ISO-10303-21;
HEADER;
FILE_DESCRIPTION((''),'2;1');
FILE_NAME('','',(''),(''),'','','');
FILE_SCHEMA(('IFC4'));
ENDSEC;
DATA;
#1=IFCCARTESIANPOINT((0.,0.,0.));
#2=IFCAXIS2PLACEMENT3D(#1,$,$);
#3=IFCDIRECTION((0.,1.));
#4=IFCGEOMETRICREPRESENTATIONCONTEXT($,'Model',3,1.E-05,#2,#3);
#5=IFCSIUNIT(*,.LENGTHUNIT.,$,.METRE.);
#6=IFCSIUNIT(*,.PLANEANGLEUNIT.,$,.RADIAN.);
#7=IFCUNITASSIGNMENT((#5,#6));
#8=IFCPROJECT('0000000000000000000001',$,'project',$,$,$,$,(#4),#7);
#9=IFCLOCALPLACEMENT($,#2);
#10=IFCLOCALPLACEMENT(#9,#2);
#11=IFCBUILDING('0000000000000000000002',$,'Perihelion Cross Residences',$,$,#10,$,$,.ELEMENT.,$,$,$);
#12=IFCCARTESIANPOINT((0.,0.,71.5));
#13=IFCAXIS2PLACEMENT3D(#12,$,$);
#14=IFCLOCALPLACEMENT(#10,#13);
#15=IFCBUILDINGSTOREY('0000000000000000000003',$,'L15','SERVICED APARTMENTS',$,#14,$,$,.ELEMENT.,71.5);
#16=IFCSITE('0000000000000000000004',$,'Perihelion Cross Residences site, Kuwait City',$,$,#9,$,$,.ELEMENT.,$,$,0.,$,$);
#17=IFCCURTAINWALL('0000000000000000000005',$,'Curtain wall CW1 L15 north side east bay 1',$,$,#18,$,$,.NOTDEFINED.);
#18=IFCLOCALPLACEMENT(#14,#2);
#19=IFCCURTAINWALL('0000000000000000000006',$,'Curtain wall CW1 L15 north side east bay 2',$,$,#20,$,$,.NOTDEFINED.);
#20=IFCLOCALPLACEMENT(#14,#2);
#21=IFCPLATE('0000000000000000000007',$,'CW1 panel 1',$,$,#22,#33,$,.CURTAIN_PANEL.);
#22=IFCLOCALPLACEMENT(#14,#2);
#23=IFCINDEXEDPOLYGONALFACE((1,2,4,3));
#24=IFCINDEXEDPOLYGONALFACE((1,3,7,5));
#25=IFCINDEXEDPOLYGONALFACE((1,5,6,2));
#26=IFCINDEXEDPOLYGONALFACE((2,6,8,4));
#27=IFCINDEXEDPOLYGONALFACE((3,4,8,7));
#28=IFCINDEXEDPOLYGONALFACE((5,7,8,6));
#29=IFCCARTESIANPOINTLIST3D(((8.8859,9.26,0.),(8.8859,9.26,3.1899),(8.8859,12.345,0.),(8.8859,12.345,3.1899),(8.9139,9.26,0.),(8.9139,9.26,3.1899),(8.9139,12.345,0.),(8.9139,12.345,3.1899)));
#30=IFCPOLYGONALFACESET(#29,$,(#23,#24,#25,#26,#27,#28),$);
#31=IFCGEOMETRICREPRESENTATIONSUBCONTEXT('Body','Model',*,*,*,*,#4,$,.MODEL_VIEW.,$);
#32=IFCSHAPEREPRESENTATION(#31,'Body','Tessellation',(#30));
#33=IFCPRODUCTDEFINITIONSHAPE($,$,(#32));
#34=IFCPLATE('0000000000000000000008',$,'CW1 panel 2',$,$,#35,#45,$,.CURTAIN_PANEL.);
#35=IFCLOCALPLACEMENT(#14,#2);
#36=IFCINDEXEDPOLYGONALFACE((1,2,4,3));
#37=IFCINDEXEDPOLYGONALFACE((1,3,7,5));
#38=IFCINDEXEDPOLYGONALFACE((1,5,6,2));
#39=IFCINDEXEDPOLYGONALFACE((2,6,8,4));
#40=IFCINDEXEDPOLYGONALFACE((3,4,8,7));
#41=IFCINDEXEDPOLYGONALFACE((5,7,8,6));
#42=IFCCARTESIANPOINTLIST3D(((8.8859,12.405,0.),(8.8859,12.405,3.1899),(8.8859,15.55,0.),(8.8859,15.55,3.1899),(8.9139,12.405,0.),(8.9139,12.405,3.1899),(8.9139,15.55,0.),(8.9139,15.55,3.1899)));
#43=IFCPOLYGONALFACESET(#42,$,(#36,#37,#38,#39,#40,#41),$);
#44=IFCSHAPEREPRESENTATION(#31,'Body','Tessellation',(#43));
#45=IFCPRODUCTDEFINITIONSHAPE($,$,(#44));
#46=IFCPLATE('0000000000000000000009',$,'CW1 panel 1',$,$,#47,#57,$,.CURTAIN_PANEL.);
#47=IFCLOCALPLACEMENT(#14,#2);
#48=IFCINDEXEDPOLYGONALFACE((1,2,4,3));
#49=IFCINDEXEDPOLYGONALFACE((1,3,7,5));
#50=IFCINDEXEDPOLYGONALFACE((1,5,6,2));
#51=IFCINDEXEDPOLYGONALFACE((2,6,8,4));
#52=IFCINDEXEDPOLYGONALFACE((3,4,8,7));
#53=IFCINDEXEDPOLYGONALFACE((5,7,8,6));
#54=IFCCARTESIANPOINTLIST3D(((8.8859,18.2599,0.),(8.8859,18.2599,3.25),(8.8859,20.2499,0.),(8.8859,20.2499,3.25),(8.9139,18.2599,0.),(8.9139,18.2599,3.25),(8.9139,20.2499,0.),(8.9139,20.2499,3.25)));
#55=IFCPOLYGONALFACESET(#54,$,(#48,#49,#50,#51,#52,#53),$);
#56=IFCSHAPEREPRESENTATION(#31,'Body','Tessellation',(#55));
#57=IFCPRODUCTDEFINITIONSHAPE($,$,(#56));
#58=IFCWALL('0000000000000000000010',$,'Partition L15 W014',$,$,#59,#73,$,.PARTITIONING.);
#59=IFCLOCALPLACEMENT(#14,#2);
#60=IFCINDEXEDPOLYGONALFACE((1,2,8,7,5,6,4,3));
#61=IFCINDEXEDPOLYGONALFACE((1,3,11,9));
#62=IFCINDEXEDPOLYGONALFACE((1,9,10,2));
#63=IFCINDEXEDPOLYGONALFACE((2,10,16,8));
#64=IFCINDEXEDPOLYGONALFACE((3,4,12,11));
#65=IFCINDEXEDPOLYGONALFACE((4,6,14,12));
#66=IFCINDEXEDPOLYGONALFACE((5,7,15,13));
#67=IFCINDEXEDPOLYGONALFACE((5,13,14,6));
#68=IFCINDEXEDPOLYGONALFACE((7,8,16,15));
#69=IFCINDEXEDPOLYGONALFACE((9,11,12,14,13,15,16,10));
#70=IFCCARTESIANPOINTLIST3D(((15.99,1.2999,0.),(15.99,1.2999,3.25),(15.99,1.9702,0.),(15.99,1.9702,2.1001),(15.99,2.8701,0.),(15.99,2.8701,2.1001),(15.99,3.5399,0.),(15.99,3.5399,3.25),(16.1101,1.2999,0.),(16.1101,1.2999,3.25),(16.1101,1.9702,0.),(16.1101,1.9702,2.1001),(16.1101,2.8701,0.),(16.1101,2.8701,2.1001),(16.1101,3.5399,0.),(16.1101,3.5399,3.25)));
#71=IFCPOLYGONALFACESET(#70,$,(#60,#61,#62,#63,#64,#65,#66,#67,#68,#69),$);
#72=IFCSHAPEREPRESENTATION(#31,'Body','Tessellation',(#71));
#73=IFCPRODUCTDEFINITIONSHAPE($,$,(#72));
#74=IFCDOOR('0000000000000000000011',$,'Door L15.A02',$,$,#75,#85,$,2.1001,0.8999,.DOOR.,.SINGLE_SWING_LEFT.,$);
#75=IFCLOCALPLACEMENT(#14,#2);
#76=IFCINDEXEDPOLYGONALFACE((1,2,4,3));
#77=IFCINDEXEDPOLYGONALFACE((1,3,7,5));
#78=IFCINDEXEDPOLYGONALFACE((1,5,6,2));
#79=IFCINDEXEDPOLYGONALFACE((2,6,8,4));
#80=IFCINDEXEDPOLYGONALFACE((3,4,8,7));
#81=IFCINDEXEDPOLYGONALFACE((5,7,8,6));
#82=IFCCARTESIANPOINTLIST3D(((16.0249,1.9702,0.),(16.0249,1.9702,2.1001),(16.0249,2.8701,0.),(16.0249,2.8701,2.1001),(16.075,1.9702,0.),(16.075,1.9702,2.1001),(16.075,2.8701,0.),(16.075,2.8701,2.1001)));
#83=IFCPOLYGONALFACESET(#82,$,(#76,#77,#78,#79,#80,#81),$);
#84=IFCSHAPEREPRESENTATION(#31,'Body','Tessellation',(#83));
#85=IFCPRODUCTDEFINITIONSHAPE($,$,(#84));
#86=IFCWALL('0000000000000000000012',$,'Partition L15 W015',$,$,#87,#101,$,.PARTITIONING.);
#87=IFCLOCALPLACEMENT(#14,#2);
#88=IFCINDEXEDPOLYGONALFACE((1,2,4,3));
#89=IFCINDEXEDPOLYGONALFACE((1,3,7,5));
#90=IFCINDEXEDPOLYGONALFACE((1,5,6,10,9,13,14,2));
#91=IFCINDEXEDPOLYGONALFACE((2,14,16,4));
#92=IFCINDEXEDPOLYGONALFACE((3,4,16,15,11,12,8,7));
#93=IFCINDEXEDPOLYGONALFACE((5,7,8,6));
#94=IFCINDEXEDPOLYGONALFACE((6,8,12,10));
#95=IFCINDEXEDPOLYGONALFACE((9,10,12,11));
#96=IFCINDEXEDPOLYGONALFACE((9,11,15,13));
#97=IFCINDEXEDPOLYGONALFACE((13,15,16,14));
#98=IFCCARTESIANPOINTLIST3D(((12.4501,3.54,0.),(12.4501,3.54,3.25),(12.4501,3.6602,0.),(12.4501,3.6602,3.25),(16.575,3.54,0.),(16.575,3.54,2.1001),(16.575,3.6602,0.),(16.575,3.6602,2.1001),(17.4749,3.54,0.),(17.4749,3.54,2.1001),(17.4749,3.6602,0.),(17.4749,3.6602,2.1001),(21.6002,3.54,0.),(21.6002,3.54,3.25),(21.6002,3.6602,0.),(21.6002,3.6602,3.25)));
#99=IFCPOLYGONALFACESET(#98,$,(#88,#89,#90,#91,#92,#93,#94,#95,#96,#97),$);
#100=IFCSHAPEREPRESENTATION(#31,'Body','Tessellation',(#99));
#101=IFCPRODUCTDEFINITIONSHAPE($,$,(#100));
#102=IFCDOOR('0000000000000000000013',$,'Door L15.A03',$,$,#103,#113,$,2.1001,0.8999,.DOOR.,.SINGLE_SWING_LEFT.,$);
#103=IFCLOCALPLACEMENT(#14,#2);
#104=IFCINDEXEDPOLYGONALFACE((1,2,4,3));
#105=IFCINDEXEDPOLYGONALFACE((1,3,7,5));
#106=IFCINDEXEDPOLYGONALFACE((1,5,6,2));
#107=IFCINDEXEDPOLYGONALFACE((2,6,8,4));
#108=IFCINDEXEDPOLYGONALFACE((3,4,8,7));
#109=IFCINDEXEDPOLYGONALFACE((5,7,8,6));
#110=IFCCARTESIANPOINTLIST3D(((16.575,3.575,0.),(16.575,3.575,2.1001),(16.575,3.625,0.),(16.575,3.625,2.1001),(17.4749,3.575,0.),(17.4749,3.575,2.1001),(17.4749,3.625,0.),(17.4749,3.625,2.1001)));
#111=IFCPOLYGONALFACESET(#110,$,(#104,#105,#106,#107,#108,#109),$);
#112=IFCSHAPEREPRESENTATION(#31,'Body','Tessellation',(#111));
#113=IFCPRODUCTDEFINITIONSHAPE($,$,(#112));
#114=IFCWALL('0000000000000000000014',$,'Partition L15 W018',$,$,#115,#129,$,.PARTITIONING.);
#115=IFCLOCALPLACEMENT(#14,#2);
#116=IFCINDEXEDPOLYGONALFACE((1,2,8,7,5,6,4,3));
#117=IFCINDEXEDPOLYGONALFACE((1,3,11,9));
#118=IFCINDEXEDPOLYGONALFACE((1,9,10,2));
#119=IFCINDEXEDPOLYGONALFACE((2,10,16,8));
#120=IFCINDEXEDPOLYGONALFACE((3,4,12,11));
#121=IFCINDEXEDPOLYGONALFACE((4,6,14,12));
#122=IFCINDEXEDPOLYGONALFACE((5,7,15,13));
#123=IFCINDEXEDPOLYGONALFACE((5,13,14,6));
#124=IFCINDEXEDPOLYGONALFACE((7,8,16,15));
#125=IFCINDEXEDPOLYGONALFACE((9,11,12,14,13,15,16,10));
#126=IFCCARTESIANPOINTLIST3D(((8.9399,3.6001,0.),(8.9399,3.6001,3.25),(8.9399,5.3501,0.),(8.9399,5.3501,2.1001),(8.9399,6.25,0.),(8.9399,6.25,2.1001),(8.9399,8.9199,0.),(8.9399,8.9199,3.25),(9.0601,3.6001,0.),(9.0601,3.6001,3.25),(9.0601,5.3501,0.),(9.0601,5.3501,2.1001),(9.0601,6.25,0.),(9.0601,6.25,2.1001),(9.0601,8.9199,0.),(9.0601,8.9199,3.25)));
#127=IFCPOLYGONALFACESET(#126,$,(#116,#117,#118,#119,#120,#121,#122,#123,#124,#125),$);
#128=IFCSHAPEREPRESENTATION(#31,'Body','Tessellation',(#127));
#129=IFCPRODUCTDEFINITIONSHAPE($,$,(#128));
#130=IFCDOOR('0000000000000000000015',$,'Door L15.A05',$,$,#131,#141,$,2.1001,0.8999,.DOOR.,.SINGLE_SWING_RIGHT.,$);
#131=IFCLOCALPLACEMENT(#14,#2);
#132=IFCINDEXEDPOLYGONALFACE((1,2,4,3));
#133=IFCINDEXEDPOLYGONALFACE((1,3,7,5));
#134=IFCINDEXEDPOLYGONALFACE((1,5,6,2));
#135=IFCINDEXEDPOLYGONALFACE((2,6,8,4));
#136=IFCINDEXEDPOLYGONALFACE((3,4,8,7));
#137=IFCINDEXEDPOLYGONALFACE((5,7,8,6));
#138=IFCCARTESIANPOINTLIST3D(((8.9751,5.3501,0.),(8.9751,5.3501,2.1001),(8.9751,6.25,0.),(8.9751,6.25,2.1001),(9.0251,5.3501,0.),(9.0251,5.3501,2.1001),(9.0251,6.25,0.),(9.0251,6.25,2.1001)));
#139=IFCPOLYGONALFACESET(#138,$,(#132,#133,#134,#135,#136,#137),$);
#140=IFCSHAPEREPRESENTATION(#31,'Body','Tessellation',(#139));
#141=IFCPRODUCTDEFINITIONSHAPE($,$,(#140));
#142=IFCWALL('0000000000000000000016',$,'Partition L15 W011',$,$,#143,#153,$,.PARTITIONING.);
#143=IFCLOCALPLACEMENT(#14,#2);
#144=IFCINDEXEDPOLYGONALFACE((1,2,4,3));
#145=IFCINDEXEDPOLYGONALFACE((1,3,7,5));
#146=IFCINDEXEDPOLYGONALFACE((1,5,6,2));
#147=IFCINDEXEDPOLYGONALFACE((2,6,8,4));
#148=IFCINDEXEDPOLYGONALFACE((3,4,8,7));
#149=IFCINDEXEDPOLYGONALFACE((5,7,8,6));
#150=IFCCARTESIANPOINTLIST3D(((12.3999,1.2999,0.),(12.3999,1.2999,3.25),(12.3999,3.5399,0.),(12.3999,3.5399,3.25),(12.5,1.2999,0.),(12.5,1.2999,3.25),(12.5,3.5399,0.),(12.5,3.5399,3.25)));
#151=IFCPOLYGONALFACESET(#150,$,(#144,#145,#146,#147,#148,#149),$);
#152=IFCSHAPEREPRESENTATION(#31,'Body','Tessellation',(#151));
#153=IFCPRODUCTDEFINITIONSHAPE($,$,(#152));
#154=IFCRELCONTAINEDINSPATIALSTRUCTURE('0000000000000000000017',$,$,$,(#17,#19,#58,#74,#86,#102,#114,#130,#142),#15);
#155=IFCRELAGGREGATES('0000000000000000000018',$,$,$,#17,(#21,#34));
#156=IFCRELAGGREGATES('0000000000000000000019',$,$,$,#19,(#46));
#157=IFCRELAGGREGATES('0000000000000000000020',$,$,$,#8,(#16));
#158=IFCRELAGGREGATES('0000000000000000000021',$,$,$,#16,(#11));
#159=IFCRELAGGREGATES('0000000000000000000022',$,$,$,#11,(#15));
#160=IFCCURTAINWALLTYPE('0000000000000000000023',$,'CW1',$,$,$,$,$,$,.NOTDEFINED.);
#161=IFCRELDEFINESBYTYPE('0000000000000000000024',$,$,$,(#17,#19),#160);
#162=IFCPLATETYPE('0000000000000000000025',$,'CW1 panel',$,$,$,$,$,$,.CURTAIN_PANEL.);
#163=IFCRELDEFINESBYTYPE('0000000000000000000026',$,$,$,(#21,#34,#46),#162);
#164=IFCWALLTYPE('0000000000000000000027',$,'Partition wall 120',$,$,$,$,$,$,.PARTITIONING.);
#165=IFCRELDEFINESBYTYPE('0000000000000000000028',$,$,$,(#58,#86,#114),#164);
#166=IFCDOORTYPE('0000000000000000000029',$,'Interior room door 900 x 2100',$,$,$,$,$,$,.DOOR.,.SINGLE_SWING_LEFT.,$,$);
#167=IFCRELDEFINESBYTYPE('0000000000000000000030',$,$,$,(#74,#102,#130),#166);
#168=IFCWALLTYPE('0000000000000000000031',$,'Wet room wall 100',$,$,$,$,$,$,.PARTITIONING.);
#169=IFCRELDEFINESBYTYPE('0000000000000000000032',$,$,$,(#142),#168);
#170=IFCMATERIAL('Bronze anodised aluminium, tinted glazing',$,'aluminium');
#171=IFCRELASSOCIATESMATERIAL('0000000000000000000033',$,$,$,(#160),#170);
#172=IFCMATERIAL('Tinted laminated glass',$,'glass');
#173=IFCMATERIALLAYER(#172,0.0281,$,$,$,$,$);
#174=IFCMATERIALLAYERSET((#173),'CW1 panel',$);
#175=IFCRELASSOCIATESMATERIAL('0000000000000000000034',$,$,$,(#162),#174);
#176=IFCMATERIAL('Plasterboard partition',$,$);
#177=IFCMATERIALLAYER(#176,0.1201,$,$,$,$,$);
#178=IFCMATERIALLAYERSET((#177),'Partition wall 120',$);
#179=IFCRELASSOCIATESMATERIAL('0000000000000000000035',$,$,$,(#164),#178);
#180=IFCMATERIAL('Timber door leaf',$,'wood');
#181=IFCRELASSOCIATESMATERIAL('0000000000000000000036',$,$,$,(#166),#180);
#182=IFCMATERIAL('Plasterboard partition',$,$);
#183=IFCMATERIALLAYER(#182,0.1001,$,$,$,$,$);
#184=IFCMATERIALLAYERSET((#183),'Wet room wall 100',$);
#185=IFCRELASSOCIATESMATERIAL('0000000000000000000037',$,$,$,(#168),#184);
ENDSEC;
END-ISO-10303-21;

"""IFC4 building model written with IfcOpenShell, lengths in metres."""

from ifc_helpers import new_model, si_unit, direction, frame, frame_2d, origin, origin_2d, place, context, subcontext, project, spatial, rectangle, extrude, material, layer, layer_set, type_object, element, fill, aggregate, save


model = new_model("IFC4")

# Units and contexts
model_context = context("Model", 3, precision=1e-05, world=origin(), true_north=direction((0.0, 1.0)))
body_context = subcontext(model_context, "Body", "Model", "MODEL_VIEW")
ifc_project = project(units=[si_unit("LENGTHUNIT", "METRE"), si_unit("PLANEANGLEUNIT", "RADIAN")], contexts=[model_context])

# Site, building, storey
site_placement = place(None, origin())
site = spatial("IfcSite", under=ifc_project, at=site_placement, Name="Perihelion Cross Residences site, Kuwait City", CompositionType="ELEMENT", RefElevation=0.0)
building_placement = place(site_placement, origin())
building = spatial("IfcBuilding", under=site, at=building_placement, Name="Perihelion Cross Residences", CompositionType="ELEMENT")
storey_placement = place(building_placement, frame((0.0, 0.0, 71.5)))
storey = spatial("IfcBuildingStorey", under=building, at=storey_placement, Name="L15", Description="SERVICED APARTMENTS", CompositionType="ELEMENT", Elevation=71.5)

# Curtain wall
ifc_material_1 = material(Name="Bronze anodised aluminium, tinted glazing", Category="aluminium")
curtain_wall_type = type_object("IfcCurtainWallType", Name="CW1", PredefinedType="NOTDEFINED", material=ifc_material_1)
curtain_wall_1_placement = place(storey_placement, origin())
curtain_wall_1 = element("IfcCurtainWall", 1, at=curtain_wall_1_placement, inside=storey, type_object=curtain_wall_type, Name="Curtain wall CW1 L15 north side east bay 1", PredefinedType="NOTDEFINED")

# Curtain wall
curtain_wall_2_placement = place(storey_placement, origin())
curtain_wall_2 = element("IfcCurtainWall", 2, at=curtain_wall_2_placement, inside=storey, type_object=curtain_wall_type, Name="Curtain wall CW1 L15 north side east bay 2", PredefinedType="NOTDEFINED")

# Plates
ifc_material_2 = material(Name="Tinted laminated glass", Category="glass")
ifc_layer_1 = layer(ifc_material_2, 0.0281)
ifc_layer_set_1 = layer_set([ifc_layer_1], Name="CW1 panel")
plate_type = type_object("IfcPlateType", Name="CW1 panel", PredefinedType="CURTAIN_PANEL", material=ifc_layer_set_1)
plate_1_placement = place(storey_placement, frame((8.8999, 10.8025, 0.0), z_axis=(0.0, 0.0, 1.0), x_axis=(0.0, 1.0, 0.0)))
plate_1 = element("IfcPlate", 3, at=plate_1_placement, type_object=plate_type, Name="CW1 panel 1", PredefinedType="CURTAIN_PANEL", context=body_context, shape_type="SweptSolid", body=[
    extrude(rectangle(XDim=3.085, YDim=0.0281, at=origin_2d()), origin(), (0.0, 0.0, 1.0), 3.1899),
])
plate_2_placement = place(storey_placement, frame((8.8999, 13.9775, 0.0), z_axis=(0.0, 0.0, 1.0), x_axis=(0.0, 1.0, 0.0)))
plate_2 = element("IfcPlate", 4, at=plate_2_placement, type_object=plate_type, Name="CW1 panel 2", PredefinedType="CURTAIN_PANEL", context=body_context, shape_type="SweptSolid", body=[
    extrude(rectangle(XDim=3.145, YDim=0.0281, at=origin_2d()), origin(), (0.0, 0.0, 1.0), 3.1899),
])
aggregate(curtain_wall_1, [plate_1, plate_2])
plate_3_placement = place(storey_placement, frame((8.8999, 19.2549, 0.0), z_axis=(0.0, 0.0, 1.0), x_axis=(0.0, 1.0, 0.0)))
plate_3 = element("IfcPlate", 5, at=plate_3_placement, type_object=plate_type, Name="CW1 panel 1", PredefinedType="CURTAIN_PANEL", context=body_context, shape_type="SweptSolid", body=[
    extrude(rectangle(XDim=1.99, YDim=0.0281, at=origin_2d()), origin(), (0.0, 0.0, 1.0), 3.25),
])
aggregate(curtain_wall_2, [plate_3])

# Walls, openings, doors
ifc_material_3 = material(Name="Plasterboard partition")
ifc_layer_2 = layer(ifc_material_3, 0.1201)
ifc_layer_set_2 = layer_set([ifc_layer_2], Name="Partition wall 120")
wall_type_1 = type_object("IfcWallType", Name="Partition wall 120", PredefinedType="PARTITIONING", material=ifc_layer_set_2)
wall_1_placement = place(storey_placement, frame((16.05, 3.54, 0.0), z_axis=(0.0, 0.0, 1.0), x_axis=(0.0, -1.0, 0.0)))
wall_1 = element("IfcWall", 6, at=wall_1_placement, inside=storey, type_object=wall_type_1, Name="Partition L15 W014", PredefinedType="PARTITIONING", context=body_context, shape_type="SweptSolid", body=[
    extrude(rectangle(XDim=2.24, YDim=0.1201, at=frame_2d((1.1201, 0.0))), origin(), (0.0, 0.0, 1.0), 3.25),
])
opening_1_placement = place(wall_1_placement, frame((0.6699, 0.0, 0.0)))
opening_1 = element("IfcOpeningElement", 7, at=opening_1_placement, cuts=wall_1, PredefinedType="OPENING", context=body_context, shape_type="SweptSolid", body=[
    extrude(rectangle(XDim=0.8999, YDim=2.1001, at=frame_2d((0.45, 1.05))), frame((0.0, 0.0701, 0.0), z_axis=(0.0, -1.0, 0.0), x_axis=(1.0, 0.0, 0.0)), (0.0, 0.0, 1.0), 0.1401),
])
ifc_material_4 = material(Name="Timber door leaf", Category="wood")
door_type_1 = type_object("IfcDoorType", Name="Interior room door 900 x 2100", OperationType="SINGLE_SWING_LEFT", PredefinedType="DOOR", material=ifc_material_4)
door_1_placement = place(opening_1_placement, origin())
door_1 = element("IfcDoor", 8, at=door_1_placement, inside=storey, type_object=door_type_1, Name="Door L15.A02", OperationType="SINGLE_SWING_LEFT", OverallHeight=2.1001, OverallWidth=0.8999, PredefinedType="DOOR", context=body_context, shape_type="SweptSolid", body=[
    extrude(rectangle(XDim=0.8999, YDim=2.1001, at=frame_2d((0.45, 1.05))), frame((0.0, 0.0249, 0.0), z_axis=(0.0, -1.0, 0.0), x_axis=(1.0, 0.0, 0.0)), (0.0, 0.0, 1.0), 0.05),
])
fill(opening_1, door_1)
wall_2_placement = place(storey_placement, frame((12.45, 3.6001, 0.0), z_axis=(0.0, 0.0, 1.0), x_axis=(1.0, 0.0, 0.0)))
wall_2 = element("IfcWall", 9, at=wall_2_placement, inside=storey, type_object=wall_type_1, Name="Partition L15 W015", PredefinedType="PARTITIONING", context=body_context, shape_type="SweptSolid", body=[
    extrude(rectangle(XDim=9.1501, YDim=0.1201, at=frame_2d((4.5752, 0.0))), origin(), (0.0, 0.0, 1.0), 3.25),
])
opening_2_placement = place(wall_2_placement, frame((4.125, 0.0, 0.0)))
opening_2 = element("IfcOpeningElement", 10, at=opening_2_placement, cuts=wall_2, PredefinedType="OPENING", context=body_context, shape_type="SweptSolid", body=[
    extrude(rectangle(XDim=0.8999, YDim=2.1001, at=frame_2d((0.45, 1.05))), frame((0.0, 0.0701, 0.0), z_axis=(0.0, -1.0, 0.0), x_axis=(1.0, 0.0, 0.0)), (0.0, 0.0, 1.0), 0.1401),
])
door_2_placement = place(opening_2_placement, origin())
door_2 = element("IfcDoor", 11, at=door_2_placement, inside=storey, type_object=door_type_1, Name="Door L15.A03", OperationType="SINGLE_SWING_LEFT", OverallHeight=2.1001, OverallWidth=0.8999, PredefinedType="DOOR", context=body_context, shape_type="SweptSolid", body=[
    extrude(rectangle(XDim=0.8999, YDim=2.1001, at=frame_2d((0.45, 1.05))), frame((0.0, 0.0249, 0.0), z_axis=(0.0, -1.0, 0.0), x_axis=(1.0, 0.0, 0.0)), (0.0, 0.0, 1.0), 0.05),
])
fill(opening_2, door_2)
wall_3_placement = place(storey_placement, frame((9.0, 3.6001, 0.0), z_axis=(0.0, 0.0, 1.0), x_axis=(0.0, 1.0, 0.0)))
wall_3 = element("IfcWall", 12, at=wall_3_placement, inside=storey, type_object=wall_type_1, Name="Partition L15 W018", PredefinedType="PARTITIONING", context=body_context, shape_type="SweptSolid", body=[
    extrude(rectangle(XDim=5.3198, YDim=0.1201, at=frame_2d((2.6599, 0.0))), origin(), (0.0, 0.0, 1.0), 3.25),
])
opening_3_placement = place(wall_3_placement, frame((1.75, 0.0, 0.0)))
opening_3 = element("IfcOpeningElement", 13, at=opening_3_placement, cuts=wall_3, PredefinedType="OPENING", context=body_context, shape_type="SweptSolid", body=[
    extrude(rectangle(XDim=0.8999, YDim=2.1001, at=frame_2d((0.45, 1.05))), frame((0.0, 0.0701, 0.0), z_axis=(0.0, -1.0, 0.0), x_axis=(1.0, 0.0, 0.0)), (0.0, 0.0, 1.0), 0.1401),
])
door_3_placement = place(opening_3_placement, origin())
door_3 = element("IfcDoor", 14, at=door_3_placement, inside=storey, type_object=door_type_1, Name="Door L15.A05", OperationType="SINGLE_SWING_RIGHT", OverallHeight=2.1001, OverallWidth=0.8999, PredefinedType="DOOR", context=body_context, shape_type="SweptSolid", body=[
    extrude(rectangle(XDim=0.8999, YDim=2.1001, at=frame_2d((0.45, 1.05))), frame((0.0, 0.0249, 0.0), z_axis=(0.0, -1.0, 0.0), x_axis=(1.0, 0.0, 0.0)), (0.0, 0.0, 1.0), 0.05),
])
fill(opening_3, door_3)

# Wall
ifc_material_5 = material(Name="Plasterboard partition")
ifc_layer_3 = layer(ifc_material_5, 0.1001)
ifc_layer_set_3 = layer_set([ifc_layer_3], Name="Wet room wall 100")
wall_type_2 = type_object("IfcWallType", Name="Wet room wall 100", PredefinedType="PARTITIONING", material=ifc_layer_set_3)
wall_4_placement = place(storey_placement, frame((12.45, 3.54, 0.0), z_axis=(0.0, 0.0, 1.0), x_axis=(0.0, -1.0, 0.0)))
element("IfcWall", 15, at=wall_4_placement, inside=storey, type_object=wall_type_2, Name="Partition L15 W011", PredefinedType="PARTITIONING", context=body_context, shape_type="SweptSolid", body=[
    extrude(rectangle(XDim=2.24, YDim=0.1001, at=frame_2d((1.1201, 0.0))), origin(), (0.0, 0.0, 1.0), 3.25),
])

save(model, "model.ifc")
